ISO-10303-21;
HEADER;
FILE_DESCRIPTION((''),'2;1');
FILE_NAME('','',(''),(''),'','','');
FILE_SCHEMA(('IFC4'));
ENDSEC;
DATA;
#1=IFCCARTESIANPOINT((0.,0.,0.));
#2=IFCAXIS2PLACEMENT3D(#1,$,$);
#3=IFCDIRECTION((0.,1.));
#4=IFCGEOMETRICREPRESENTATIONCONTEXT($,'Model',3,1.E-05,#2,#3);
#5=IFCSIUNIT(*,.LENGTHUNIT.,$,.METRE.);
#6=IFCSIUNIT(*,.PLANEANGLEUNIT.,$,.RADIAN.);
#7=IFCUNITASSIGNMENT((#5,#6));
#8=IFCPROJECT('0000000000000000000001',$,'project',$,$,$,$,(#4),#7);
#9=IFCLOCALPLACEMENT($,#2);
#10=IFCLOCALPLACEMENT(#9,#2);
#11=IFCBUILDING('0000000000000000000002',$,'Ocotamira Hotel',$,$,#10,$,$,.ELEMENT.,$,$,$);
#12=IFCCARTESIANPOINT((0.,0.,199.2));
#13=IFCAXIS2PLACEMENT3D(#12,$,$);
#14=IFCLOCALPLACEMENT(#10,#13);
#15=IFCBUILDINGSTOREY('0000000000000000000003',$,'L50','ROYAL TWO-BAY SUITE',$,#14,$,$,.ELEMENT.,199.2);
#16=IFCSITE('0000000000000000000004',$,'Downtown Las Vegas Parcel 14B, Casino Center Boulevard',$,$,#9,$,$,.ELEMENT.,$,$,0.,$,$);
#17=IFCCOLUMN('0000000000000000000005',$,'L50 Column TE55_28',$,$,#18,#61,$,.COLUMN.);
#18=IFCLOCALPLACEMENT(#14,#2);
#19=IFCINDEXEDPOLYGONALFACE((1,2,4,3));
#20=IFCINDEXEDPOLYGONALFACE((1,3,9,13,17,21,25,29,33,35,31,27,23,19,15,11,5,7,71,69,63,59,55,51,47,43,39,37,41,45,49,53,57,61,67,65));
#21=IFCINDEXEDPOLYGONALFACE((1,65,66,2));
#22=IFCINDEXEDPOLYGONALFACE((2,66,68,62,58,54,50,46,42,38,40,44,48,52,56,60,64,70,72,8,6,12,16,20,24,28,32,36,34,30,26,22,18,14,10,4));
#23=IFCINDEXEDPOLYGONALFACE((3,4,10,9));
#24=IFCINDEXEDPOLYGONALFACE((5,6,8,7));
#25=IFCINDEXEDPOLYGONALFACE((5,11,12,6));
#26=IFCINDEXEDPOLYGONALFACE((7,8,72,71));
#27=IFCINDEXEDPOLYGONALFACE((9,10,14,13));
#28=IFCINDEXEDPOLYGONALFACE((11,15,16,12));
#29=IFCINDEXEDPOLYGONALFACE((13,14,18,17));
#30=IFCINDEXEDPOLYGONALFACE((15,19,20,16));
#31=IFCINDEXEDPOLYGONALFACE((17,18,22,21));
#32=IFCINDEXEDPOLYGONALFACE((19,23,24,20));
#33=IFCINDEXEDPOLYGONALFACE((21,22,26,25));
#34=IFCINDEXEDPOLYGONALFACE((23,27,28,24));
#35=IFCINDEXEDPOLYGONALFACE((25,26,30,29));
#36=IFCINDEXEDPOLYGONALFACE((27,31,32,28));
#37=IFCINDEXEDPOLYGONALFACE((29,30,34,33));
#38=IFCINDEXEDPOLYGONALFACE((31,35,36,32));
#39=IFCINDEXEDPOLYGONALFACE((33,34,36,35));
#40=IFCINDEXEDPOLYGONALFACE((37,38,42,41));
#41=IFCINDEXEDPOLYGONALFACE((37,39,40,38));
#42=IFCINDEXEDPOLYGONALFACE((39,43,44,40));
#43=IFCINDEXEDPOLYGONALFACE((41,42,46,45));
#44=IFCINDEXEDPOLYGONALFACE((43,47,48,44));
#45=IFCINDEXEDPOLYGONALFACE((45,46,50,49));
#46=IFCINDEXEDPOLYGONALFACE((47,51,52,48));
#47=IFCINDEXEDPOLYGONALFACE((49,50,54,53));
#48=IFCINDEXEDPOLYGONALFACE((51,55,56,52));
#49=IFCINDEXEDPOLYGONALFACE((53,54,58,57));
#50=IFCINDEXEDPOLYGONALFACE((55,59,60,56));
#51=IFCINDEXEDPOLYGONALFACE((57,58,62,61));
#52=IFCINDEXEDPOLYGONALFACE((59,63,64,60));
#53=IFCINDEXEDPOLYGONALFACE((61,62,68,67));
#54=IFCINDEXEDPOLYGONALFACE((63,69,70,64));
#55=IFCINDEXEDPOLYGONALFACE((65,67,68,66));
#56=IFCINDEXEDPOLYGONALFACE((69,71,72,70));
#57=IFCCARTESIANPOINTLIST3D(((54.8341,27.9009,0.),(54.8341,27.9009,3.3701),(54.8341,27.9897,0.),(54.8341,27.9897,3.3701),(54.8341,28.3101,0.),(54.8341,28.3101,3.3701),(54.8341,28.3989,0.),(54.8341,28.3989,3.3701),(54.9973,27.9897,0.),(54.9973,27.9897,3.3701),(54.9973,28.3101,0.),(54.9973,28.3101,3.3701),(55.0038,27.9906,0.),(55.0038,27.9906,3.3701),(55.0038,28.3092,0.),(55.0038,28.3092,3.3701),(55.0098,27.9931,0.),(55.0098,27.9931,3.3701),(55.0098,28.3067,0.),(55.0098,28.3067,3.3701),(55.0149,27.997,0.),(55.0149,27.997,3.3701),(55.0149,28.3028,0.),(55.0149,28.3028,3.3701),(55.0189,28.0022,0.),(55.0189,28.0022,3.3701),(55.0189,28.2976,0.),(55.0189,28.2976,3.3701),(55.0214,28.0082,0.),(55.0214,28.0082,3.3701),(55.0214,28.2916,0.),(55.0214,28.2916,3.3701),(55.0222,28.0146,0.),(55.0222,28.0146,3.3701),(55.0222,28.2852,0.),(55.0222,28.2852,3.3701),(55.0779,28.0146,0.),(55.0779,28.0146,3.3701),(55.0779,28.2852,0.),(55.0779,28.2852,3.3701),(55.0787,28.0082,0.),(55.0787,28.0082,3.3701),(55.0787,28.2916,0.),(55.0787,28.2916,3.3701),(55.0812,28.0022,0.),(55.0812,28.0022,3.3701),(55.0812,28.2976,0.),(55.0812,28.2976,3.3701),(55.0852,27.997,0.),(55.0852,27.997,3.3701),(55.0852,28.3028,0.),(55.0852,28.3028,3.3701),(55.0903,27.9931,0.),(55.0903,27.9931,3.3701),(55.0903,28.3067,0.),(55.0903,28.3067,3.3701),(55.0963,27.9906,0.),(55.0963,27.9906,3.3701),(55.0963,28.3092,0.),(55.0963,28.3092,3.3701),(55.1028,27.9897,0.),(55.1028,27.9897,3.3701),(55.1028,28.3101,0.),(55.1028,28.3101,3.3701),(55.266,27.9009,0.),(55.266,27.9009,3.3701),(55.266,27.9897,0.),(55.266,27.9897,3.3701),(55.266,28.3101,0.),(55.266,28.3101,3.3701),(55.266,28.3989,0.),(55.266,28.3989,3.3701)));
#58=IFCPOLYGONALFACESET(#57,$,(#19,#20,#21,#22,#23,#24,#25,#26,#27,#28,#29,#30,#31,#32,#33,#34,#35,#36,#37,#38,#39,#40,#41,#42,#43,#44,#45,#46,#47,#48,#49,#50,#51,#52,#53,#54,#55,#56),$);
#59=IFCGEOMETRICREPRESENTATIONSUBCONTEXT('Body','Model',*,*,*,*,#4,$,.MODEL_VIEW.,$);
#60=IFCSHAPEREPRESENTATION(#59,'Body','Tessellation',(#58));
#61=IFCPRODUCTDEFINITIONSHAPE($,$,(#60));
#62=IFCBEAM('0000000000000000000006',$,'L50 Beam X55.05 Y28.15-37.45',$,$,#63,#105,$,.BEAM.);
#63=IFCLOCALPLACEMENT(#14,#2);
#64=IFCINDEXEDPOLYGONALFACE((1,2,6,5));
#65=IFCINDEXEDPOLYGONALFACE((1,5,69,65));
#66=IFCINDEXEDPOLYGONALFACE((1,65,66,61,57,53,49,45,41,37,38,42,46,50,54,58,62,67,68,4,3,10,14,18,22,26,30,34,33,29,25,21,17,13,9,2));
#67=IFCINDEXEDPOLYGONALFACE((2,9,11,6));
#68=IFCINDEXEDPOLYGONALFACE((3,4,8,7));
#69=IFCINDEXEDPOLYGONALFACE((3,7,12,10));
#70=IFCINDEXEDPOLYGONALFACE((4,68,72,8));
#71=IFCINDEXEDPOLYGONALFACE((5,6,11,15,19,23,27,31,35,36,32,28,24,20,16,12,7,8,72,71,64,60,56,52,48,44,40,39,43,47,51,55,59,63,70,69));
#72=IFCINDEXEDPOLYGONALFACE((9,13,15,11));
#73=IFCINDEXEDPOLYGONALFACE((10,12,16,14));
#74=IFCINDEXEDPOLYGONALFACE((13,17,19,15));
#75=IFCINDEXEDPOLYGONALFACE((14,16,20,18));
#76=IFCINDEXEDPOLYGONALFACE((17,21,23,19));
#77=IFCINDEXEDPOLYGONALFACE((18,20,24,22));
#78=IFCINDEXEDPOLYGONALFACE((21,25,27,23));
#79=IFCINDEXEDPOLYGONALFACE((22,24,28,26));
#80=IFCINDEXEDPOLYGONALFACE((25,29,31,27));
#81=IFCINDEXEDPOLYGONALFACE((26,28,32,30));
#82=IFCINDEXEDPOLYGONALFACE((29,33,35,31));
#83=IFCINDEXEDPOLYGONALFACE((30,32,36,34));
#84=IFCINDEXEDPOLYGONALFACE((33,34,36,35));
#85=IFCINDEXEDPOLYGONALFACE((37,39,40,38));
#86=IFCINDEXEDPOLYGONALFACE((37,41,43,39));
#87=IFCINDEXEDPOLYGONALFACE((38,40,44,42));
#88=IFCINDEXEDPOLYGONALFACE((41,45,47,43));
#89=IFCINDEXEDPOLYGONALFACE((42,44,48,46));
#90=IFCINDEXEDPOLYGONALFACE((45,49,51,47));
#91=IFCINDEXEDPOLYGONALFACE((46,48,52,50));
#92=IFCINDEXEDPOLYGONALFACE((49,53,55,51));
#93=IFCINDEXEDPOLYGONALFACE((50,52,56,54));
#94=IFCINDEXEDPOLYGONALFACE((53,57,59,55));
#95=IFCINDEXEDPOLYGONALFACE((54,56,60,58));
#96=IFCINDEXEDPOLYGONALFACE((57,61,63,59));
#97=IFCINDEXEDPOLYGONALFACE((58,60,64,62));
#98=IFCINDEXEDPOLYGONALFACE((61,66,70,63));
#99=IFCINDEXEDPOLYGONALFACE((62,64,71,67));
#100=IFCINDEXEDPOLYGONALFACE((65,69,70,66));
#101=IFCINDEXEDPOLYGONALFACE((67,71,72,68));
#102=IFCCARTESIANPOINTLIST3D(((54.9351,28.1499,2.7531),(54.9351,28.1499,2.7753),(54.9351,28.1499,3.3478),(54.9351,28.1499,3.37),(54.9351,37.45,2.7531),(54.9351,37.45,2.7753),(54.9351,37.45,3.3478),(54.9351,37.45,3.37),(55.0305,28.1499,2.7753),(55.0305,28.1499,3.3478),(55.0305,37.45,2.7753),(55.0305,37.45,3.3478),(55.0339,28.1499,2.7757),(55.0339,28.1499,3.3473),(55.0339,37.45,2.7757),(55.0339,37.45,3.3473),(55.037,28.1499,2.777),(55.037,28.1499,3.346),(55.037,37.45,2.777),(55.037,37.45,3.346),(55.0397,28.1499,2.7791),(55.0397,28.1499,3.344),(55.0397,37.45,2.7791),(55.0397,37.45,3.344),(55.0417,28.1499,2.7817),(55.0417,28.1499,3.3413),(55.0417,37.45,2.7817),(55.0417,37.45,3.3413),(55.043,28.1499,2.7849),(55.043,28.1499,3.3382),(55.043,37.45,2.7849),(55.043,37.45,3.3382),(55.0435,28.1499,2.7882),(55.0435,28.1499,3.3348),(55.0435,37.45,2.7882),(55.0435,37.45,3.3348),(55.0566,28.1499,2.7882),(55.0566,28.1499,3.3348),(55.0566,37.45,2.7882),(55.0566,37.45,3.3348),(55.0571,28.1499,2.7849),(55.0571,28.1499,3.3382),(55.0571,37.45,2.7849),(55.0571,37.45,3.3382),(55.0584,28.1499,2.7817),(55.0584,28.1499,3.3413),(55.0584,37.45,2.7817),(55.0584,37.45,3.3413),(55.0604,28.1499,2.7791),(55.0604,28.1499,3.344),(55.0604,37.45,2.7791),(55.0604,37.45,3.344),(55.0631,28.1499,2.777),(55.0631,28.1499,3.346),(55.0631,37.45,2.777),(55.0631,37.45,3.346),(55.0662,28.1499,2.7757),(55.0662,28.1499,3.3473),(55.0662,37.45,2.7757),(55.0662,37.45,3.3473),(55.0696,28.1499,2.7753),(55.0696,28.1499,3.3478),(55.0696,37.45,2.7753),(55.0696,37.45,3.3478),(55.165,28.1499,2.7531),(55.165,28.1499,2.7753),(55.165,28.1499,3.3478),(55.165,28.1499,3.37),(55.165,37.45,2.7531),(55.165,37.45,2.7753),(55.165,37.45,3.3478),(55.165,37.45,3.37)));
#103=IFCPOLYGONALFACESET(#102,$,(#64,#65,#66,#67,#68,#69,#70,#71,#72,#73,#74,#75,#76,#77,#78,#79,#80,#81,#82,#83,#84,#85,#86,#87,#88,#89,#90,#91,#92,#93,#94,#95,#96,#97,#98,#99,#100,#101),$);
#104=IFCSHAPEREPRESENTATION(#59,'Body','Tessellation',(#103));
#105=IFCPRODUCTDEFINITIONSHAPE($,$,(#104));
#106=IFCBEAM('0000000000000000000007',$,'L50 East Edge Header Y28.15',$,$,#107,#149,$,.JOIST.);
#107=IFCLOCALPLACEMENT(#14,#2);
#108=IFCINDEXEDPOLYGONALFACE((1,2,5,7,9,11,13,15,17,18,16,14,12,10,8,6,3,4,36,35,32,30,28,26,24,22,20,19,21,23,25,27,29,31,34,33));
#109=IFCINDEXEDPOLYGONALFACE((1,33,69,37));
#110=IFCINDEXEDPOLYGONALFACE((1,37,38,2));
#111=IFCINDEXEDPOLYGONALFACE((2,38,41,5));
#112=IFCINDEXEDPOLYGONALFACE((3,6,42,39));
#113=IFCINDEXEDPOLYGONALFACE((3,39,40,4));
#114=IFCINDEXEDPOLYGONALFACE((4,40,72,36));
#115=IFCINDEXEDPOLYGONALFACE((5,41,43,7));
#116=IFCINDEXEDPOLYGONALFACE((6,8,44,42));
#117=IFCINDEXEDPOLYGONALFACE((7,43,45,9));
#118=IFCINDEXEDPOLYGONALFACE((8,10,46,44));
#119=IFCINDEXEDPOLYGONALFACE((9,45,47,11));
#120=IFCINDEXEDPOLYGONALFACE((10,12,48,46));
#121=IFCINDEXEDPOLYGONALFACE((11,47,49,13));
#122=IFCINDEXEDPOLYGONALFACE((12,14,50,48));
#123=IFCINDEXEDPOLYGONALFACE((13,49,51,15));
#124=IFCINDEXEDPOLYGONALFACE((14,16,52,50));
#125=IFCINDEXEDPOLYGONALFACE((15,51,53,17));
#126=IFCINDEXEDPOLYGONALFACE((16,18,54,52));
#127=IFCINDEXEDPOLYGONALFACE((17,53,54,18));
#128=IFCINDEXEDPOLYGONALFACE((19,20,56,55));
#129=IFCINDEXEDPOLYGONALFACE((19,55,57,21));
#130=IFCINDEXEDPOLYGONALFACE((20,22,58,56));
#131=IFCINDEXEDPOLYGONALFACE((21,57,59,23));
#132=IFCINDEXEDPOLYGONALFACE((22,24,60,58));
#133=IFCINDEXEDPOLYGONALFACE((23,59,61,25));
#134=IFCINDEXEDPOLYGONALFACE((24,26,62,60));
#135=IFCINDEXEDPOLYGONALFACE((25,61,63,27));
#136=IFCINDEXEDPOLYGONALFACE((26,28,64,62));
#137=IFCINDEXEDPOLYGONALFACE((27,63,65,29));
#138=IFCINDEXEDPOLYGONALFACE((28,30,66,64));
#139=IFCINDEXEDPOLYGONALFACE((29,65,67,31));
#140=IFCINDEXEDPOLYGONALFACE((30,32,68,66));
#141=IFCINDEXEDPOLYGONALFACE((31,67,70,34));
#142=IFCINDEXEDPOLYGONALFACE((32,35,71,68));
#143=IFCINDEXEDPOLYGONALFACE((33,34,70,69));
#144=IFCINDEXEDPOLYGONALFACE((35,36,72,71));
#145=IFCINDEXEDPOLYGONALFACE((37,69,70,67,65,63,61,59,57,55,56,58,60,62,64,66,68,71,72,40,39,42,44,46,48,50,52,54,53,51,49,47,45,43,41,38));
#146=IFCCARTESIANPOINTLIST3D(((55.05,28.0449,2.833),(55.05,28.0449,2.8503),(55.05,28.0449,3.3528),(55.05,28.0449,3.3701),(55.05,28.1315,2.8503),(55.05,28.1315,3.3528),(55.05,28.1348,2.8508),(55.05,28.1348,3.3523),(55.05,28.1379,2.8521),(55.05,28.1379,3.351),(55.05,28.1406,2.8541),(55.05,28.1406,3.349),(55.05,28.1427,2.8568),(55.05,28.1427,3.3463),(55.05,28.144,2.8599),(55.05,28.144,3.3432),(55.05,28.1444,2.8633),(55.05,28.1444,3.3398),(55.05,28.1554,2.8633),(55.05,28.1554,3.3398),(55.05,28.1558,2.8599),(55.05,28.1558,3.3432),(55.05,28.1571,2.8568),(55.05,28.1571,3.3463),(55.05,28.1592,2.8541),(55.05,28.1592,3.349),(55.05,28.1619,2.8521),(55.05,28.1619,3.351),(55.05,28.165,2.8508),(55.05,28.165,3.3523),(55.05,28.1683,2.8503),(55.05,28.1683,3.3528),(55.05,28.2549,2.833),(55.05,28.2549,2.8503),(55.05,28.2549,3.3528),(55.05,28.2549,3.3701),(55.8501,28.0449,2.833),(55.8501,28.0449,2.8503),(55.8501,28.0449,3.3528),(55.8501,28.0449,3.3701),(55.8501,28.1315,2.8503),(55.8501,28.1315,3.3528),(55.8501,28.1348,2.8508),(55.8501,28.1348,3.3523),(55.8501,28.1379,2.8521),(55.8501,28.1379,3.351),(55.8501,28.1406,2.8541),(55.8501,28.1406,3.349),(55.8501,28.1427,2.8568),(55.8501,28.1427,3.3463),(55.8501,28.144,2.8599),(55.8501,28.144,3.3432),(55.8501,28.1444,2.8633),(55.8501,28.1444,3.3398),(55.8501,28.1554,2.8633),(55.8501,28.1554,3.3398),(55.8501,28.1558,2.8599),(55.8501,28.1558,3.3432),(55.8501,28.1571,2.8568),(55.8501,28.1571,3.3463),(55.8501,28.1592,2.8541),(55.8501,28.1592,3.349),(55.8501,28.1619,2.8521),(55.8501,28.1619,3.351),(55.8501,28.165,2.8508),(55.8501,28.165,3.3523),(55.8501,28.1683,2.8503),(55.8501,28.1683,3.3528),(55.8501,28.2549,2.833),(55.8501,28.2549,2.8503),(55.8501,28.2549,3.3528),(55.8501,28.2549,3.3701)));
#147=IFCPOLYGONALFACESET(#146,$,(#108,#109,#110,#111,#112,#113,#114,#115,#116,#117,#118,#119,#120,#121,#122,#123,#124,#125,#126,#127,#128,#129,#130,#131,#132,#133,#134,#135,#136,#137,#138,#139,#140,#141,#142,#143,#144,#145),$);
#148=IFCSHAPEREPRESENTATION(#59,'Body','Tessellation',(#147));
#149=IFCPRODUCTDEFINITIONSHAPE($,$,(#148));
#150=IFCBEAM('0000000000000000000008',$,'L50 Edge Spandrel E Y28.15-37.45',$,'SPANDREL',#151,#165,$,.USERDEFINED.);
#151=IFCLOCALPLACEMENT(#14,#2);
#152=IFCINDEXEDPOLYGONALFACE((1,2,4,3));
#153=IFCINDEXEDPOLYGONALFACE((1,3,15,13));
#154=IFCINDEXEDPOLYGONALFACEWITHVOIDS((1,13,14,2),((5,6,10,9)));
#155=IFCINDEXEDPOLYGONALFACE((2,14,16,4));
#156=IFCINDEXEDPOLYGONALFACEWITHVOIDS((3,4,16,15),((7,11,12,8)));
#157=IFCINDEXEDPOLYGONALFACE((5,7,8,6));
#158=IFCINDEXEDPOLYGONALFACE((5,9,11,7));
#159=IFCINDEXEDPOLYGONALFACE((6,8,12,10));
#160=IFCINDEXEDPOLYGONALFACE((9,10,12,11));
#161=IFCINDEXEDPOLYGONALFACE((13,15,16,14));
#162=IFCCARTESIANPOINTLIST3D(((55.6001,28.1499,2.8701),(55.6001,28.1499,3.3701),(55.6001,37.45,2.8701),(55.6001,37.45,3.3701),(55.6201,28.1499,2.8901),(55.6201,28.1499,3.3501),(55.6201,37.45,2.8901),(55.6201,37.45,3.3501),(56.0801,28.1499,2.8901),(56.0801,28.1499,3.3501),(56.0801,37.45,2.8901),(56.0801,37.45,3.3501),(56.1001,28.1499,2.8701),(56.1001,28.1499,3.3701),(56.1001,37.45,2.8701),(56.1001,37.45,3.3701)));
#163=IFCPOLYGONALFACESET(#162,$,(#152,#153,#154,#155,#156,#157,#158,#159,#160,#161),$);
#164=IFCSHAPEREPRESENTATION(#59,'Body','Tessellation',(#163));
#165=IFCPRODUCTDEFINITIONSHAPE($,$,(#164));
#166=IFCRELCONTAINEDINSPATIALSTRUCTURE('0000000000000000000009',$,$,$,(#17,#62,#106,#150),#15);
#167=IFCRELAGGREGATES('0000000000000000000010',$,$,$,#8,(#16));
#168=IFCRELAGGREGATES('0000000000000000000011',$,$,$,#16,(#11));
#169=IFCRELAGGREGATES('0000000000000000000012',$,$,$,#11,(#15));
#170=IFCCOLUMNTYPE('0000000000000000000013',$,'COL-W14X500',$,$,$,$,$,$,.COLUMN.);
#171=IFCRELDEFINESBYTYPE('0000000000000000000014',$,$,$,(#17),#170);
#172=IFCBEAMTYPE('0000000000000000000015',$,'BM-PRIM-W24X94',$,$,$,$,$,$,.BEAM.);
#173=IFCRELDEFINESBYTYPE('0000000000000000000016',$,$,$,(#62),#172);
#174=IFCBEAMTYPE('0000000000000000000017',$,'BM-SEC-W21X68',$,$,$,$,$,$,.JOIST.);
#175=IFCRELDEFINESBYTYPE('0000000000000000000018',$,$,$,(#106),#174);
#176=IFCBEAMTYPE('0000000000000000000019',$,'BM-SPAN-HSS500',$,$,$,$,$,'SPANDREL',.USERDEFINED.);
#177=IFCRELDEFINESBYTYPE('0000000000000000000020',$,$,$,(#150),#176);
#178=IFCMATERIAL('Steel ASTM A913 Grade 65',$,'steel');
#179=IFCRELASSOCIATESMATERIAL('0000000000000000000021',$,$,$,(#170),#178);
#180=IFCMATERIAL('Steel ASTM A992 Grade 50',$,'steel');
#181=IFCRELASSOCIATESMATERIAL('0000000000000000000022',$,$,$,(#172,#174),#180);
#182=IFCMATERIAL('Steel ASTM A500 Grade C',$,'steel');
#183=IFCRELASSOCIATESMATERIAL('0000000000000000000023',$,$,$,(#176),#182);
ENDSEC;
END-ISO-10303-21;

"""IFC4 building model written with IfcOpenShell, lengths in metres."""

from ifc_helpers import new_model, si_unit, direction, frame, origin, origin_2d, place, context, subcontext, project, spatial, hollow_rectangle, i_section, extrude, source, transform, mapped, material, material_profile, profile_set, type_object, element, save


model = new_model("IFC4")

# Units and contexts
model_context = context("Model", 3, precision=1e-05, world=origin(), true_north=direction((0.0, 1.0)))
body_context = subcontext(model_context, "Body", "Model", "MODEL_VIEW")
ifc_project = project(units=[si_unit("LENGTHUNIT", "METRE"), si_unit("PLANEANGLEUNIT", "RADIAN")], contexts=[model_context])

# Site, building, storey
site_placement = place(None, origin())
site = spatial("IfcSite", under=ifc_project, at=site_placement, Name="Downtown Las Vegas Parcel 14B, Casino Center Boulevard", CompositionType="ELEMENT", RefElevation=0.0)
building_placement = place(site_placement, origin())
building = spatial("IfcBuilding", under=site, at=building_placement, Name="Ocotamira Hotel", CompositionType="ELEMENT")
storey_placement = place(building_placement, frame((0.0, 0.0, 199.2)))
storey = spatial("IfcBuildingStorey", under=building, at=storey_placement, Name="L50", Description="ROYAL TWO-BAY SUITE", CompositionType="ELEMENT", Elevation=199.2)

# Column
ifc_material_1 = material(Name="Steel ASTM A913 Grade 65", Category="steel")
ifc_material_profile_1 = material_profile(ifc_material_1, i_section(OverallWidth=0.4319, OverallDepth=0.498, WebThickness=0.0557, FlangeThickness=0.0889, FilletRadius=0.0249, at=origin_2d()), Name="W14X500")
ifc_profile_set_1 = profile_set([ifc_material_profile_1], Name="Steel ASTM A913 Grade 65")
column_type = type_object("IfcColumnType", Name="COL-W14X500", PredefinedType="COLUMN", material=ifc_profile_set_1)
shared_shape_1 = source(origin(), body_context, "Body", "SweptSolid", [
    extrude(i_section(OverallWidth=0.4319, OverallDepth=0.498, WebThickness=0.0557, FlangeThickness=0.0889, FilletRadius=0.0249, at=origin_2d()), origin(), (0.0, 0.0, 1.0), 3.3701),
])
column_placement = place(storey_placement, frame((55.05, 28.1499, 0.0), z_axis=(0.0, 0.0, 1.0), x_axis=(1.0, 0.0, 0.0)))
element("IfcColumn", 1, at=column_placement, inside=storey, type_object=column_type, Name="L50 Column TE55_28", PredefinedType="COLUMN", context=body_context, shape_type="MappedRepresentation", body=[
    mapped(shared_shape_1, transform((0.0, 0.0, 0.0), scale=1.0)),
])

# Beams
ifc_material_2 = material(Name="Steel ASTM A992 Grade 50", Category="steel")
ifc_material_profile_2 = material_profile(ifc_material_2, i_section(OverallWidth=0.23, OverallDepth=0.6169, WebThickness=0.0132, FlangeThickness=0.0222, FilletRadius=0.0129, at=origin_2d()), Name="W24X94")
ifc_profile_set_2 = profile_set([ifc_material_profile_2], Name="Steel ASTM A992 Grade 50")
beam_type_1 = type_object("IfcBeamType", Name="BM-PRIM-W24X94", PredefinedType="BEAM", material=ifc_profile_set_2)
shared_shape_2 = source(origin(), body_context, "Body", "SweptSolid", [
    extrude(i_section(OverallWidth=0.23, OverallDepth=0.6169, WebThickness=0.0132, FlangeThickness=0.0222, FilletRadius=0.0129, at=origin_2d()), origin(), (0.0, 0.0, 1.0), 9.3),
])
beam_1_placement = place(storey_placement, frame((55.05, 28.1499, 3.0615), z_axis=(0.0, 1.0, 0.0), x_axis=(-1.0, 0.0, 0.0)))
element("IfcBeam", 2, at=beam_1_placement, inside=storey, type_object=beam_type_1, Name="L50 Beam X55.05 Y28.15-37.45", PredefinedType="BEAM", context=body_context, shape_type="MappedRepresentation", body=[
    mapped(shared_shape_2, transform((0.0, 0.0, 0.0), scale=1.0)),
])
ifc_material_profile_3 = material_profile(ifc_material_2, i_section(OverallWidth=0.21, OverallDepth=0.5371, WebThickness=0.011, FlangeThickness=0.0173, FilletRadius=0.0129, at=origin_2d()), Name="W21X68")
ifc_profile_set_3 = profile_set([ifc_material_profile_3], Name="Steel ASTM A992 Grade 50")
beam_type_2 = type_object("IfcBeamType", Name="BM-SEC-W21X68", PredefinedType="JOIST", material=ifc_profile_set_3)
shared_shape_3 = source(origin(), body_context, "Body", "SweptSolid", [
    extrude(i_section(OverallWidth=0.21, OverallDepth=0.5371, WebThickness=0.011, FlangeThickness=0.0173, FilletRadius=0.0129, at=origin_2d()), origin(), (0.0, 0.0, 1.0), 0.8),
])
beam_2_placement = place(storey_placement, frame((55.05, 28.1499, 3.1016), z_axis=(1.0, 0.0, 0.0), x_axis=(0.0, 1.0, 0.0)))
element("IfcBeam", 3, at=beam_2_placement, inside=storey, type_object=beam_type_2, Name="L50 East Edge Header Y28.15", PredefinedType="JOIST", context=body_context, shape_type="MappedRepresentation", body=[
    mapped(shared_shape_3, transform((0.0, 0.0, 0.0), scale=1.0)),
])
ifc_material_3 = material(Name="Steel ASTM A500 Grade C", Category="steel")
ifc_material_profile_4 = material_profile(ifc_material_3, hollow_rectangle(XDim=0.5, YDim=0.5, WallThickness=0.02, at=origin_2d()), Name="HSS500X500X20")
ifc_profile_set_4 = profile_set([ifc_material_profile_4], Name="Steel ASTM A500 Grade C")
beam_type_3 = type_object("IfcBeamType", Name="BM-SPAN-HSS500", ElementType="SPANDREL", PredefinedType="USERDEFINED", material=ifc_profile_set_4)
shared_shape_4 = source(origin(), body_context, "Body", "SweptSolid", [
    extrude(hollow_rectangle(XDim=0.5, YDim=0.5, WallThickness=0.02, at=origin_2d()), origin(), (0.0, 0.0, 1.0), 9.3),
])
beam_3_placement = place(storey_placement, frame((55.8501, 28.1499, 3.1201), z_axis=(0.0, 1.0, 0.0), x_axis=(-1.0, 0.0, 0.0)))
element("IfcBeam", 4, at=beam_3_placement, inside=storey, type_object=beam_type_3, Name="L50 Edge Spandrel E Y28.15-37.45", ObjectType="SPANDREL", PredefinedType="USERDEFINED", context=body_context, shape_type="MappedRepresentation", body=[
    mapped(shared_shape_4, transform((0.0, 0.0, 0.0), scale=1.0)),
])

save(model, "model.ifc")
